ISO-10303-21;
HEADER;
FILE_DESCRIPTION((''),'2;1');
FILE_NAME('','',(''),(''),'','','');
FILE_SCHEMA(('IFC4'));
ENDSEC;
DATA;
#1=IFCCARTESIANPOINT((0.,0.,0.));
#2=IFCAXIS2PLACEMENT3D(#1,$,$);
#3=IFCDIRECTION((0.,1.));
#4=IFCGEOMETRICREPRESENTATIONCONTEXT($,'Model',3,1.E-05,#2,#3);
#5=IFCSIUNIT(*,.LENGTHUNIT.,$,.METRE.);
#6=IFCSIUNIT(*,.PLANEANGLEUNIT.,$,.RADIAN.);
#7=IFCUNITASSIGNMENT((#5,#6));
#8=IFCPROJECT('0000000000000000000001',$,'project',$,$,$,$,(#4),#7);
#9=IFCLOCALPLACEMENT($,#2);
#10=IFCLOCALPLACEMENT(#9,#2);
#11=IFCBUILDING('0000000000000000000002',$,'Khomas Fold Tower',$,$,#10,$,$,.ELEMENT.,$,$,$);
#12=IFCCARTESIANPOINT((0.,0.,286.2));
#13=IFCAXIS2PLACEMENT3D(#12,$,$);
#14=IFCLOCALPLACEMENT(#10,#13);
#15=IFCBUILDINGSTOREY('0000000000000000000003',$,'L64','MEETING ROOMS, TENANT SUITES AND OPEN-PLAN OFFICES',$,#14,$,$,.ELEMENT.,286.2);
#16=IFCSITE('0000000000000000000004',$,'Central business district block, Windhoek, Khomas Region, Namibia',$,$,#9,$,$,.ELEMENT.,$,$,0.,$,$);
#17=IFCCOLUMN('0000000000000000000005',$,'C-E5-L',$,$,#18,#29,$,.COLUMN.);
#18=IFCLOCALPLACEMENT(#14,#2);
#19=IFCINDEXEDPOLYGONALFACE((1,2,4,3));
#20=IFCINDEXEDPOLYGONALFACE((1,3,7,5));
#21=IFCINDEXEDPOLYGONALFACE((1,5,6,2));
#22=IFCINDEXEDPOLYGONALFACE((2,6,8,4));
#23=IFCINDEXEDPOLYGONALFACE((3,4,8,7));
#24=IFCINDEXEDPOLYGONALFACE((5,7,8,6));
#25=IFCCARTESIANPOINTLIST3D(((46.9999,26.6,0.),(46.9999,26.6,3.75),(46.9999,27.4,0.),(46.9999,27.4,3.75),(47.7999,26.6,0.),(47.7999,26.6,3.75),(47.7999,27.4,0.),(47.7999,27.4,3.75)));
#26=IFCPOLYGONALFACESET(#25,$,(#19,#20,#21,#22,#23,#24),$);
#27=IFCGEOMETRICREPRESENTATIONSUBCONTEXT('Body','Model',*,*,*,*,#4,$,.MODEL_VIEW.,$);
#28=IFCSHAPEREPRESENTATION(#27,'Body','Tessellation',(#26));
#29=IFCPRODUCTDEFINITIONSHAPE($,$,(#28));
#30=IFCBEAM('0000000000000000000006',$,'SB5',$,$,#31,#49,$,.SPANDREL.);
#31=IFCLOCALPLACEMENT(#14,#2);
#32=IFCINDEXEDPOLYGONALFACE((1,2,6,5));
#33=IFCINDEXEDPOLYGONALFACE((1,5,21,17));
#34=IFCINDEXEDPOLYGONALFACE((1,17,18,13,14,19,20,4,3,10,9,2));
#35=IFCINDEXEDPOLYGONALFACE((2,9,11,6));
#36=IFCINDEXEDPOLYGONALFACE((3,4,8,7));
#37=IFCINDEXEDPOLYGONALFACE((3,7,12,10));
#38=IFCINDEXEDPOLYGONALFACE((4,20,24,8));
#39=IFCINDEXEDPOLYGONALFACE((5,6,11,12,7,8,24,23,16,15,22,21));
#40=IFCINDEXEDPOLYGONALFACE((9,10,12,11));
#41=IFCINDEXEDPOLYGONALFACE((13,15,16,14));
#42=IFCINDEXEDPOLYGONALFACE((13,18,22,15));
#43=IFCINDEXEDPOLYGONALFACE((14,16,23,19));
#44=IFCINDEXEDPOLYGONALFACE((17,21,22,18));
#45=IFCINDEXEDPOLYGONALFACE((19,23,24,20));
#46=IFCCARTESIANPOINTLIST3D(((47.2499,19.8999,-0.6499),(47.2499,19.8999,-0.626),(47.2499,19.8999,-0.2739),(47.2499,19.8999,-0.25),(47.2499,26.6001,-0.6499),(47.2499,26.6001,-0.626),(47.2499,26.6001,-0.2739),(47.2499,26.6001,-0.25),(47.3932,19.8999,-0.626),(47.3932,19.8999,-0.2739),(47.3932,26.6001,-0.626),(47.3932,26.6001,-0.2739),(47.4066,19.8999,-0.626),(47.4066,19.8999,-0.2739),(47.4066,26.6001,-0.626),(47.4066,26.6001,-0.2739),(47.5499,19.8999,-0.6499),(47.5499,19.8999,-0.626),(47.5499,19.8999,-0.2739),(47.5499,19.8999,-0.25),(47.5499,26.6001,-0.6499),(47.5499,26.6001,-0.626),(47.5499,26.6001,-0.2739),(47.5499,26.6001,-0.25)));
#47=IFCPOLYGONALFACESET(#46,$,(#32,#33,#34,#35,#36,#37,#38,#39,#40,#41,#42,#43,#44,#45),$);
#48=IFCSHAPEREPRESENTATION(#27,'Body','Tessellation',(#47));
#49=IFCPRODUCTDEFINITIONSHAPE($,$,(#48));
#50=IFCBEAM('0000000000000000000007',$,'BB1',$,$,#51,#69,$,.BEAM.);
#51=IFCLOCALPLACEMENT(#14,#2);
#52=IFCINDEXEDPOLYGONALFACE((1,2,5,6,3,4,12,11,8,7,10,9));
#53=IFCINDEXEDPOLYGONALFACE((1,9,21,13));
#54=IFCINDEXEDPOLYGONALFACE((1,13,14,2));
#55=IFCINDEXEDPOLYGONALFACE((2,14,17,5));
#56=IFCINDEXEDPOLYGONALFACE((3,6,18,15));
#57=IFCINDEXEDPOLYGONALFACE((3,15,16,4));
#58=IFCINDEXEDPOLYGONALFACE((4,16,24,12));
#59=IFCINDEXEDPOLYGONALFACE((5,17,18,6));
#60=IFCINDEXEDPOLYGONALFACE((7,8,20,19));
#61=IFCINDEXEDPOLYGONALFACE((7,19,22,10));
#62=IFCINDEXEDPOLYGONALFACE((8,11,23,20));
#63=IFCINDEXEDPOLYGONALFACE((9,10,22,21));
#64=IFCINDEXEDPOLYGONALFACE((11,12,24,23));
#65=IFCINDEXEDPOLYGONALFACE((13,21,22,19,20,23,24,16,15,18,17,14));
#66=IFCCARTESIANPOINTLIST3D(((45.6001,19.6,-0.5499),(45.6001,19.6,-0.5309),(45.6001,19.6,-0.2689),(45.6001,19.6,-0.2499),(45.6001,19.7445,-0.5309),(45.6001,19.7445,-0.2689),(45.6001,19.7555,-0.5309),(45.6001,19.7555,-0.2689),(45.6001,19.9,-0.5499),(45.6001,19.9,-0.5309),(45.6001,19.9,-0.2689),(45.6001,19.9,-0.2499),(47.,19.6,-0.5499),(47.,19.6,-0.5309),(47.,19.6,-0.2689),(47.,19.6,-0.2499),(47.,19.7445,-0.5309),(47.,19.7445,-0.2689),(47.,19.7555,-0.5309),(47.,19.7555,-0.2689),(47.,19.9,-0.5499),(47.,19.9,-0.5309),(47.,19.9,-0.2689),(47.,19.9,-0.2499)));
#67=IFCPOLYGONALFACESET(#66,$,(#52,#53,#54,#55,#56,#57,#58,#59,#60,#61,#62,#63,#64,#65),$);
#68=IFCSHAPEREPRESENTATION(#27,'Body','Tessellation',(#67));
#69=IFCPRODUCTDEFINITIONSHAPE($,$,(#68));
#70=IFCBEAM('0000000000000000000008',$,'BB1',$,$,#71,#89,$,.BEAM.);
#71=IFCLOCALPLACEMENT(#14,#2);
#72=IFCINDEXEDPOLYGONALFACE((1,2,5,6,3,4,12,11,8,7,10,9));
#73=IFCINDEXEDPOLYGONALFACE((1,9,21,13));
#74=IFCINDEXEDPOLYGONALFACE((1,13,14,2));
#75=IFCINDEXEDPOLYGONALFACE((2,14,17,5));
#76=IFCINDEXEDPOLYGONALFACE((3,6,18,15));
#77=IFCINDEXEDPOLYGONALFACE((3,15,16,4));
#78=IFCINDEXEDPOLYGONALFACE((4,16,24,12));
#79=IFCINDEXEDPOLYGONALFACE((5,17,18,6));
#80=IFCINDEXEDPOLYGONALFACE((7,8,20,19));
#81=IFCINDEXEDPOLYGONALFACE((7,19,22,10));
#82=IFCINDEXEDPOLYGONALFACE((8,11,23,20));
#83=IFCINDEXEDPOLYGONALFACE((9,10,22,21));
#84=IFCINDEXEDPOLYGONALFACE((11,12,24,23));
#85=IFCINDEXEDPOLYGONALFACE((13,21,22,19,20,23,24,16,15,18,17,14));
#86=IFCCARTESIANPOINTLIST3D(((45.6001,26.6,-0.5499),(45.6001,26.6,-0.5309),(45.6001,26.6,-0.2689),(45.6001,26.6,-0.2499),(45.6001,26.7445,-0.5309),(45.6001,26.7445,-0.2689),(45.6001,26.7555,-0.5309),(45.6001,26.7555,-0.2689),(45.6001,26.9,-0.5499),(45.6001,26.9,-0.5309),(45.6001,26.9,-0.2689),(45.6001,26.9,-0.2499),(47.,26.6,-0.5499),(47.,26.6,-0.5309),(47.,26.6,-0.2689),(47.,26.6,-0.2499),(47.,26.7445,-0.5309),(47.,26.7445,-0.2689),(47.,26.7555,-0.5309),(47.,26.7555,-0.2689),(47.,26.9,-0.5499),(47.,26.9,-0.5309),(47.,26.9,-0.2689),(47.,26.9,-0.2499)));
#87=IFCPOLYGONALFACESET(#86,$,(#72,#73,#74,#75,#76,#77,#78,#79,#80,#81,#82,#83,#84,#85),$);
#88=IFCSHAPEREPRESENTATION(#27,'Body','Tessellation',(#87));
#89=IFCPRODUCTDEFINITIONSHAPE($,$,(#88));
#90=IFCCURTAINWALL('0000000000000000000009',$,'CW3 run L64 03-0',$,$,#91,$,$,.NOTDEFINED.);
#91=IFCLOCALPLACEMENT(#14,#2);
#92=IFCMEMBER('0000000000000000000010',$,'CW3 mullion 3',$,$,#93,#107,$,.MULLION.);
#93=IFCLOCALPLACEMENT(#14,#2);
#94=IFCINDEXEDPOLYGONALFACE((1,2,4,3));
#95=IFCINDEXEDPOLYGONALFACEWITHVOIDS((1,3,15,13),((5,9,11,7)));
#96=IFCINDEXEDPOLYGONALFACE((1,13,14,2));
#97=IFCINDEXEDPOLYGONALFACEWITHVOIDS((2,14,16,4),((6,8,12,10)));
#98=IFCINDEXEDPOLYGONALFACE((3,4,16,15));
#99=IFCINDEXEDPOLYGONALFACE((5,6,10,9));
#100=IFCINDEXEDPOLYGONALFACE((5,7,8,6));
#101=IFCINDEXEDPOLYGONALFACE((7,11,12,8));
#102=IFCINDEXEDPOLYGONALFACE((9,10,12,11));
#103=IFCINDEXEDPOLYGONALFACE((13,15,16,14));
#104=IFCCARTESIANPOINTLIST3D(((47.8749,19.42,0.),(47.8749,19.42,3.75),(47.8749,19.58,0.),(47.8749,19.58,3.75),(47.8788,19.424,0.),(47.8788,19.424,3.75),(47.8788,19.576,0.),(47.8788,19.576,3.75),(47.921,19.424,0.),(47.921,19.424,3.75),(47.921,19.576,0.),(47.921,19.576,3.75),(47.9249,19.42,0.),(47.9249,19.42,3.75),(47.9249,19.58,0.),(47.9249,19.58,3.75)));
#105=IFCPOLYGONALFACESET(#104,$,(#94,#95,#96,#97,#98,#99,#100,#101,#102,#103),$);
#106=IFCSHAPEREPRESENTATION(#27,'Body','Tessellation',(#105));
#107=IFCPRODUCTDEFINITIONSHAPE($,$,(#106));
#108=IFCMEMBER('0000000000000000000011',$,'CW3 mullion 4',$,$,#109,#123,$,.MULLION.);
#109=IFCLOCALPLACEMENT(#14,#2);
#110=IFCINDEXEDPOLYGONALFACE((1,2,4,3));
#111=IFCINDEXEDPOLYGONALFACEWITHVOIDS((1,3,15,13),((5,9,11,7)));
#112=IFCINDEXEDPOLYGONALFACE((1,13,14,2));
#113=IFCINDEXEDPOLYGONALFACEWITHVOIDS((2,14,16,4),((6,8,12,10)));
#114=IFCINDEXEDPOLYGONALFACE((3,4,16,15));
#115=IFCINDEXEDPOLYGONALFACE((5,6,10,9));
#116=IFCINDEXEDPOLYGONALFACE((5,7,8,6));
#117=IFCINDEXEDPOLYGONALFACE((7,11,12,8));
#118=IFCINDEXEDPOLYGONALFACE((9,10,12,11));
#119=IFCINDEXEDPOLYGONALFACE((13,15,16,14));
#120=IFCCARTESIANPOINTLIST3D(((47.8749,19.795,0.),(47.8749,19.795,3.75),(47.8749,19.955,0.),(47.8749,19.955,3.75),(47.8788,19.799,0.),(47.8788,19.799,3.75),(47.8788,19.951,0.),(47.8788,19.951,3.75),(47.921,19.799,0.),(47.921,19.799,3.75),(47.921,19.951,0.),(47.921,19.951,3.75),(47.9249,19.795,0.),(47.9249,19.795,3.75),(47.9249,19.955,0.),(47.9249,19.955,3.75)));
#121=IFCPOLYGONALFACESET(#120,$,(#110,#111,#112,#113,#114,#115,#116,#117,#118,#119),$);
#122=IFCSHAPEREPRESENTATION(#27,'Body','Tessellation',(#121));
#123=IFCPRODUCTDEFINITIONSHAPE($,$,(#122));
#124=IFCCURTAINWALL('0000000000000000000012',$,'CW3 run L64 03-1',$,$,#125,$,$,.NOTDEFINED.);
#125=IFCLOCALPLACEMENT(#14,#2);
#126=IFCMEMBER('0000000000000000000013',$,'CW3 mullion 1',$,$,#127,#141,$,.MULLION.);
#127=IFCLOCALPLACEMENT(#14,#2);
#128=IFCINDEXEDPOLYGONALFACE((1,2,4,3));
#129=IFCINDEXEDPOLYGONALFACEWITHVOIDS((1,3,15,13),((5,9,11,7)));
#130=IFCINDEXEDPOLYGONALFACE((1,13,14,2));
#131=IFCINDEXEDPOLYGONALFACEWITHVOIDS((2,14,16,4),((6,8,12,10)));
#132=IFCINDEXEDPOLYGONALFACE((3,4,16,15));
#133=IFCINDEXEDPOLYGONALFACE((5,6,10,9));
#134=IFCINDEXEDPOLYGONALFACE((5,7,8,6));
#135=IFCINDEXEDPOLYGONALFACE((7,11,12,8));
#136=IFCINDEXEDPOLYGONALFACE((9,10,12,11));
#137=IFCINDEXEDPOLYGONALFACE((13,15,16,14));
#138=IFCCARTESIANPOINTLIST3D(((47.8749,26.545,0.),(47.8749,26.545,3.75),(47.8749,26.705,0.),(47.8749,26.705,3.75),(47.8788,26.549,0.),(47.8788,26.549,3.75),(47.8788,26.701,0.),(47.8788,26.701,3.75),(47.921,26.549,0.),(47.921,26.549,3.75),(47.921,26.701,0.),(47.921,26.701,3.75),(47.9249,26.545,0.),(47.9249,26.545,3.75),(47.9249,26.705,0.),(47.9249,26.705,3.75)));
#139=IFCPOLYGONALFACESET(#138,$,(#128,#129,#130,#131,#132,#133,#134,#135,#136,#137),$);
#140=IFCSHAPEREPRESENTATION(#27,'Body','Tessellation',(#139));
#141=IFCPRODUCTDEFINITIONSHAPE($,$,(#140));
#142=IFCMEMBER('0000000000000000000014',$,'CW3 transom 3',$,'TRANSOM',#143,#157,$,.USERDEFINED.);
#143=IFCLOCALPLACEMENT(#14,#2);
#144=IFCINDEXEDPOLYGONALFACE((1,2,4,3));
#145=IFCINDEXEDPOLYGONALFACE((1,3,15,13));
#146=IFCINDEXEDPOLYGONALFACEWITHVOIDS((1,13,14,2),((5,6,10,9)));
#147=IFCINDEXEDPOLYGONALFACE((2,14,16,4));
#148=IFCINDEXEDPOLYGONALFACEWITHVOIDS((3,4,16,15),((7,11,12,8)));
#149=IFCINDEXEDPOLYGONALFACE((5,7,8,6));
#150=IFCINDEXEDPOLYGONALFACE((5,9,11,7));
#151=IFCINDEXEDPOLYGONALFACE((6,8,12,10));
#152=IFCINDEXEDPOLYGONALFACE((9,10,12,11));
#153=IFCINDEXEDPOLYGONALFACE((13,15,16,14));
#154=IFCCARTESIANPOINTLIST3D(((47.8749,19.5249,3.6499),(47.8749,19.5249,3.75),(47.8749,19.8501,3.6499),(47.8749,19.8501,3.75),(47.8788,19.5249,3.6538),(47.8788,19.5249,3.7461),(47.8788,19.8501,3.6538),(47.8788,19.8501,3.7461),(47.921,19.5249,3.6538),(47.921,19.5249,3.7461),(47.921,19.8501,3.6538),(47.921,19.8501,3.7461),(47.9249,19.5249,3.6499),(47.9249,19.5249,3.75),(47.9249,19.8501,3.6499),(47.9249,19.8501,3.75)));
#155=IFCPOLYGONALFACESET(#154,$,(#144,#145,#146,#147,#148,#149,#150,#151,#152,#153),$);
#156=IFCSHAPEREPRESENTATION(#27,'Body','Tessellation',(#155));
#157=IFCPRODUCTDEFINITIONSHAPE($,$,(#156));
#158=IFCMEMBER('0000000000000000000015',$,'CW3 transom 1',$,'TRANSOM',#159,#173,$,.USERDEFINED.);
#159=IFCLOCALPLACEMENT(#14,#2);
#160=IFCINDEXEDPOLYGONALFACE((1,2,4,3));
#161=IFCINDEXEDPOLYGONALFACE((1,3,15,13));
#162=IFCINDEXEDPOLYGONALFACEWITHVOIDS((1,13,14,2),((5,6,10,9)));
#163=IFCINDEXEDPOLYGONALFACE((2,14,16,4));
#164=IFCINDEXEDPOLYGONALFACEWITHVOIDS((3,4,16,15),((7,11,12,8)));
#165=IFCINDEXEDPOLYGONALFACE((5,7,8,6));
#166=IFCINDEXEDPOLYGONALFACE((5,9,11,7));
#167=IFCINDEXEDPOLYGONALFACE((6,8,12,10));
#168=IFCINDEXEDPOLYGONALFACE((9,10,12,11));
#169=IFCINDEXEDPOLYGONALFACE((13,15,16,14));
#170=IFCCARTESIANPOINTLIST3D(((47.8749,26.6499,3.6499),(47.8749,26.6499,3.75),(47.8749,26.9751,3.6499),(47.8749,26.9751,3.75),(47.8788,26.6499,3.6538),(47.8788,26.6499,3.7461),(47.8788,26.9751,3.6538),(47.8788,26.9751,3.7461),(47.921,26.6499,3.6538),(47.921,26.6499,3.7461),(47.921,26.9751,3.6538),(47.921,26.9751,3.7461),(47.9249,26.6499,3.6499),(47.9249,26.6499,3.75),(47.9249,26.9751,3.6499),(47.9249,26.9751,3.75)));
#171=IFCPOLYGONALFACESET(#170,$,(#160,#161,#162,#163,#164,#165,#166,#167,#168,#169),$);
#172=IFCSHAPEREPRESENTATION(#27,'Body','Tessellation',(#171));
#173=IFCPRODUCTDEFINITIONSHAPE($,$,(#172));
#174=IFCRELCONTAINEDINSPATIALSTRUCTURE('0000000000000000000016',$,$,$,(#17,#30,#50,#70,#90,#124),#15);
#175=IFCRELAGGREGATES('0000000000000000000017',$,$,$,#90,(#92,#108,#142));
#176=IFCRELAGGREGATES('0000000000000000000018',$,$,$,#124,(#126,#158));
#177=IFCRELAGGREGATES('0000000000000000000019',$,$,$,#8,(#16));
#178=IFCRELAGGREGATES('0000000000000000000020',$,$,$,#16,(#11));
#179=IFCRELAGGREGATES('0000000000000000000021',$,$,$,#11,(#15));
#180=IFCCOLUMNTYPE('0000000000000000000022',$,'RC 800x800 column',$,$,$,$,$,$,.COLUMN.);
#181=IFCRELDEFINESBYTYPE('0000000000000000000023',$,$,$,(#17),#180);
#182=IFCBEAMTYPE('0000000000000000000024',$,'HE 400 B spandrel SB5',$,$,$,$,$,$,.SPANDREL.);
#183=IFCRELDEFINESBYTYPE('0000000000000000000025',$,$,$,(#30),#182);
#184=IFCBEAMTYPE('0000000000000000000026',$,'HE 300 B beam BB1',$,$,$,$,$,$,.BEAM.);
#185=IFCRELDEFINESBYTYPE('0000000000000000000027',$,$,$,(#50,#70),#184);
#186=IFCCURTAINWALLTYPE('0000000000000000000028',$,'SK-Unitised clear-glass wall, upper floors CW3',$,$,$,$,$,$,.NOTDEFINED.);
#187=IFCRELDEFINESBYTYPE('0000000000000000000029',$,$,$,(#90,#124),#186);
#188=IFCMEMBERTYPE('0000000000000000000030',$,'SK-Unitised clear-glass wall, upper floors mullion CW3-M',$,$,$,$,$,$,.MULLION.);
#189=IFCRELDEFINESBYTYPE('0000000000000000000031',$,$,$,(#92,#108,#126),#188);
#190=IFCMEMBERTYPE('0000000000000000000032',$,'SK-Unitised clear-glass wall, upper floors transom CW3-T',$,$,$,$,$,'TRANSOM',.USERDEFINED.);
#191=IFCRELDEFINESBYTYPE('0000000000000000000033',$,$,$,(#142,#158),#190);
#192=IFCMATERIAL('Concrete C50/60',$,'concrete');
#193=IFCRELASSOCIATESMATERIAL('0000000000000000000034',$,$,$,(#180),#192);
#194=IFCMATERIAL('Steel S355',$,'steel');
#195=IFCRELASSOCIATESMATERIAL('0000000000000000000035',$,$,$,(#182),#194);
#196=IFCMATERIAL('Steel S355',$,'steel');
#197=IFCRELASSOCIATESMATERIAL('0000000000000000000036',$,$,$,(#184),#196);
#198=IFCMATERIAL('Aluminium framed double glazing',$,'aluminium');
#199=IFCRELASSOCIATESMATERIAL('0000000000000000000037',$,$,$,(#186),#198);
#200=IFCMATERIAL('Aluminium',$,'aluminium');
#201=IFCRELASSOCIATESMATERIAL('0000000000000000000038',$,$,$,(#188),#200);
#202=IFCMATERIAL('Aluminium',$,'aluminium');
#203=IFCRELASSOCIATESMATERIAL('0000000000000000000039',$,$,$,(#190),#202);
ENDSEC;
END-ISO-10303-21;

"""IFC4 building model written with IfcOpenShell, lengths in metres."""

from ifc_helpers import new_model, si_unit, direction, frame, origin, origin_2d, place, context, subcontext, project, spatial, rectangle, hollow_rectangle, i_section, extrude, source, transform, mapped, material, material_profile, profile_set, type_object, element, aggregate, save


model = new_model("IFC4")

# Units and contexts
model_context = context("Model", 3, precision=1e-05, world=origin(), true_north=direction((0.0, 1.0)))
body_context = subcontext(model_context, "Body", "Model", "MODEL_VIEW")
ifc_project = project(units=[si_unit("LENGTHUNIT", "METRE"), si_unit("PLANEANGLEUNIT", "RADIAN")], contexts=[model_context])

# Site, building, storey
site_placement = place(None, origin())
site = spatial("IfcSite", under=ifc_project, at=site_placement, Name="Central business district block, Windhoek, Khomas Region, Namibia", CompositionType="ELEMENT", RefElevation=0.0)
building_placement = place(site_placement, origin())
building = spatial("IfcBuilding", under=site, at=building_placement, Name="Khomas Fold Tower", CompositionType="ELEMENT")
storey_placement = place(building_placement, frame((0.0, 0.0, 286.2)))
storey = spatial("IfcBuildingStorey", under=building, at=storey_placement, Name="L64", Description="MEETING ROOMS, TENANT SUITES AND OPEN-PLAN OFFICES", CompositionType="ELEMENT", Elevation=286.2)

# Column
ifc_material_1 = material(Name="Concrete C50/60", Category="concrete")
ifc_material_profile_1 = material_profile(ifc_material_1, rectangle(XDim=0.8, YDim=0.8, at=origin_2d()), Name="RC 800x800")
ifc_profile_set_1 = profile_set([ifc_material_profile_1], Name="Concrete C50/60")
column_type = type_object("IfcColumnType", Name="RC 800x800 column", PredefinedType="COLUMN", material=ifc_profile_set_1)
shared_shape_1 = source(origin(), body_context, "Body", "SweptSolid", [
    extrude(rectangle(XDim=0.8, YDim=0.8, at=origin_2d()), origin(), (0.0, 0.0, 1.0), 3.75),
])
column_placement = place(storey_placement, frame((47.3999, 27.0, 0.0), z_axis=(0.0, 0.0, 1.0), x_axis=(1.0, 0.0, 0.0)))
element("IfcColumn", 1, at=column_placement, inside=storey, type_object=column_type, Name="C-E5-L", PredefinedType="COLUMN", context=body_context, shape_type="MappedRepresentation", body=[
    mapped(shared_shape_1, transform((0.0, 0.0, 0.0))),
])

# Beams
ifc_material_2 = material(Name="Steel S355", Category="steel")
ifc_material_profile_2 = material_profile(ifc_material_2, i_section(OverallWidth=0.3, OverallDepth=0.3999, WebThickness=0.0134, FlangeThickness=0.0239, at=origin_2d()), Name="HE 400 B")
ifc_profile_set_2 = profile_set([ifc_material_profile_2], Name="Steel S355")
beam_type_1 = type_object("IfcBeamType", Name="HE 400 B spandrel SB5", PredefinedType="SPANDREL", material=ifc_profile_set_2)
shared_shape_2 = source(origin(), body_context, "Body", "SweptSolid", [
    extrude(i_section(OverallWidth=0.3, OverallDepth=0.3999, WebThickness=0.0134, FlangeThickness=0.0239, at=origin_2d()), origin(), (0.0, 0.0, 1.0), 6.7002),
])
beam_placement = place(storey_placement, frame((47.3999, 19.8999, -0.45), z_axis=(0.0, 1.0, 0.0), x_axis=(-1.0, 0.0, 0.0)))
element("IfcBeam", 2, at=beam_placement, inside=storey, type_object=beam_type_1, Name="SB5", PredefinedType="SPANDREL", context=body_context, shape_type="MappedRepresentation", body=[
    mapped(shared_shape_2, transform((0.0, 0.0, 0.0))),
])
ifc_material_3 = material(Name="Steel S355", Category="steel")
ifc_material_profile_3 = material_profile(ifc_material_3, i_section(OverallWidth=0.3, OverallDepth=0.3, WebThickness=0.011, FlangeThickness=0.019, at=origin_2d()), Name="HE 300 B")
ifc_profile_set_3 = profile_set([ifc_material_profile_3], Name="Steel S355")
beam_type_2 = type_object("IfcBeamType", Name="HE 300 B beam BB1", PredefinedType="BEAM", material=ifc_profile_set_3)
shared_shape_3 = source(origin(), body_context, "Body", "SweptSolid", [
    extrude(i_section(OverallWidth=0.3, OverallDepth=0.3, WebThickness=0.011, FlangeThickness=0.019, at=origin_2d()), origin(), (0.0, 0.0, 1.0), 1.3999),
])
for number, where, z_axis, x_axis, name in (
    (3, (45.6001, 19.75, -0.3999), (1.0, 0.0, 0.0), (0.0, 1.0, 0.0), "BB1"),
    (4, (45.6001, 26.75, -0.3999), (1.0, 0.0, 0.0), (0.0, 1.0, 0.0), "BB1"),
):
    element("IfcBeam", number, at=place(storey_placement, frame(where, z_axis=z_axis, x_axis=x_axis)), inside=storey, type_object=beam_type_2, Name=name, PredefinedType="BEAM", context=body_context, shape_type="MappedRepresentation", body=[
        mapped(shared_shape_3, transform((0.0, 0.0, 0.0))),
    ])

# Curtain wall, members
ifc_material_4 = material(Name="Aluminium framed double glazing", Category="aluminium")
curtain_wall_type = type_object("IfcCurtainWallType", Name="SK-Unitised clear-glass wall, upper floors CW3", PredefinedType="NOTDEFINED", material=ifc_material_4)
curtain_wall_1_placement = place(storey_placement, origin())
curtain_wall_1 = element("IfcCurtainWall", 5, at=curtain_wall_1_placement, inside=storey, type_object=curtain_wall_type, Name="CW3 run L64 03-0", PredefinedType="NOTDEFINED")
ifc_material_5 = material(Name="Aluminium", Category="aluminium")
ifc_material_profile_4 = material_profile(ifc_material_5, hollow_rectangle(XDim=0.05, YDim=0.1599, WallThickness=0.0039, at=origin_2d()), Name="SK-Unitised clear-glass wall, upper floors mullion CW3-M")
ifc_profile_set_4 = profile_set([ifc_material_profile_4], Name="Aluminium")
member_type_1 = type_object("IfcMemberType", Name="SK-Unitised clear-glass wall, upper floors mullion CW3-M", PredefinedType="MULLION", material=ifc_profile_set_4)
shared_shape_4 = source(origin(), body_context, "Body", "SweptSolid", [
    extrude(hollow_rectangle(XDim=0.05, YDim=0.1599, WallThickness=0.0039, at=origin_2d()), origin(), (0.0, 0.0, 1.0), 3.75),
])
member_1_placement = place(storey_placement, frame((47.8999, 19.5, 0.0), z_axis=(0.0, 0.0, 1.0), x_axis=(-1.0, 0.0, 0.0)))
member_1 = element("IfcMember", 6, at=member_1_placement, type_object=member_type_1, Name="CW3 mullion 3", PredefinedType="MULLION", context=body_context, shape_type="MappedRepresentation", body=[
    mapped(shared_shape_4, transform((0.0, 0.0, 0.0))),
])
member_2_placement = place(storey_placement, frame((47.8999, 19.875, 0.0), z_axis=(0.0, 0.0, 1.0), x_axis=(-1.0, 0.0, 0.0)))
member_2 = element("IfcMember", 7, at=member_2_placement, type_object=member_type_1, Name="CW3 mullion 4", PredefinedType="MULLION", context=body_context, shape_type="MappedRepresentation", body=[
    mapped(shared_shape_4, transform((0.0, 0.0, 0.0))),
])

# Curtain wall, member
curtain_wall_2_placement = place(storey_placement, origin())
curtain_wall_2 = element("IfcCurtainWall", 8, at=curtain_wall_2_placement, inside=storey, type_object=curtain_wall_type, Name="CW3 run L64 03-1", PredefinedType="NOTDEFINED")
member_3_placement = place(storey_placement, frame((47.8999, 26.625, 0.0), z_axis=(0.0, 0.0, 1.0), x_axis=(-1.0, 0.0, 0.0)))
member_3 = element("IfcMember", 9, at=member_3_placement, type_object=member_type_1, Name="CW3 mullion 1", PredefinedType="MULLION", context=body_context, shape_type="MappedRepresentation", body=[
    mapped(shared_shape_4, transform((0.0, 0.0, 0.0))),
])

# Members
ifc_material_6 = material(Name="Aluminium", Category="aluminium")
ifc_material_profile_5 = material_profile(ifc_material_6, hollow_rectangle(XDim=0.05, YDim=0.1001, WallThickness=0.0039, at=origin_2d()), Name="SK-Unitised clear-glass wall, upper floors transom CW3-T")
ifc_profile_set_5 = profile_set([ifc_material_profile_5], Name="Aluminium")
member_type_2 = type_object("IfcMemberType", Name="SK-Unitised clear-glass wall, upper floors transom CW3-T", ElementType="TRANSOM", PredefinedType="USERDEFINED", material=ifc_profile_set_5)
shared_shape_5 = source(origin(), body_context, "Body", "SweptSolid", [
    extrude(hollow_rectangle(XDim=0.05, YDim=0.1001, WallThickness=0.0039, at=origin_2d()), origin(), (0.0, 0.0, 1.0), 0.3252),
])
member_4_placement = place(storey_placement, frame((47.8999, 19.5249, 3.7), z_axis=(0.0, 1.0, 0.0), x_axis=(-1.0, 0.0, 0.0)))
member_4 = element("IfcMember", 10, at=member_4_placement, type_object=member_type_2, Name="CW3 transom 3", ObjectType="TRANSOM", PredefinedType="USERDEFINED", context=body_context, shape_type="MappedRepresentation", body=[
    mapped(shared_shape_5, transform((0.0, 0.0, 0.0))),
])
member_5_placement = place(storey_placement, frame((47.8999, 26.6499, 3.7), z_axis=(0.0, 1.0, 0.0), x_axis=(-1.0, 0.0, 0.0)))
member_5 = element("IfcMember", 11, at=member_5_placement, type_object=member_type_2, Name="CW3 transom 1", ObjectType="TRANSOM", PredefinedType="USERDEFINED", context=body_context, shape_type="MappedRepresentation", body=[
    mapped(shared_shape_5, transform((0.0, 0.0, 0.0))),
])

aggregate(curtain_wall_1, [member_1, member_2, member_4])
aggregate(curtain_wall_2, [member_3, member_5])

save(model, "model.ifc")
